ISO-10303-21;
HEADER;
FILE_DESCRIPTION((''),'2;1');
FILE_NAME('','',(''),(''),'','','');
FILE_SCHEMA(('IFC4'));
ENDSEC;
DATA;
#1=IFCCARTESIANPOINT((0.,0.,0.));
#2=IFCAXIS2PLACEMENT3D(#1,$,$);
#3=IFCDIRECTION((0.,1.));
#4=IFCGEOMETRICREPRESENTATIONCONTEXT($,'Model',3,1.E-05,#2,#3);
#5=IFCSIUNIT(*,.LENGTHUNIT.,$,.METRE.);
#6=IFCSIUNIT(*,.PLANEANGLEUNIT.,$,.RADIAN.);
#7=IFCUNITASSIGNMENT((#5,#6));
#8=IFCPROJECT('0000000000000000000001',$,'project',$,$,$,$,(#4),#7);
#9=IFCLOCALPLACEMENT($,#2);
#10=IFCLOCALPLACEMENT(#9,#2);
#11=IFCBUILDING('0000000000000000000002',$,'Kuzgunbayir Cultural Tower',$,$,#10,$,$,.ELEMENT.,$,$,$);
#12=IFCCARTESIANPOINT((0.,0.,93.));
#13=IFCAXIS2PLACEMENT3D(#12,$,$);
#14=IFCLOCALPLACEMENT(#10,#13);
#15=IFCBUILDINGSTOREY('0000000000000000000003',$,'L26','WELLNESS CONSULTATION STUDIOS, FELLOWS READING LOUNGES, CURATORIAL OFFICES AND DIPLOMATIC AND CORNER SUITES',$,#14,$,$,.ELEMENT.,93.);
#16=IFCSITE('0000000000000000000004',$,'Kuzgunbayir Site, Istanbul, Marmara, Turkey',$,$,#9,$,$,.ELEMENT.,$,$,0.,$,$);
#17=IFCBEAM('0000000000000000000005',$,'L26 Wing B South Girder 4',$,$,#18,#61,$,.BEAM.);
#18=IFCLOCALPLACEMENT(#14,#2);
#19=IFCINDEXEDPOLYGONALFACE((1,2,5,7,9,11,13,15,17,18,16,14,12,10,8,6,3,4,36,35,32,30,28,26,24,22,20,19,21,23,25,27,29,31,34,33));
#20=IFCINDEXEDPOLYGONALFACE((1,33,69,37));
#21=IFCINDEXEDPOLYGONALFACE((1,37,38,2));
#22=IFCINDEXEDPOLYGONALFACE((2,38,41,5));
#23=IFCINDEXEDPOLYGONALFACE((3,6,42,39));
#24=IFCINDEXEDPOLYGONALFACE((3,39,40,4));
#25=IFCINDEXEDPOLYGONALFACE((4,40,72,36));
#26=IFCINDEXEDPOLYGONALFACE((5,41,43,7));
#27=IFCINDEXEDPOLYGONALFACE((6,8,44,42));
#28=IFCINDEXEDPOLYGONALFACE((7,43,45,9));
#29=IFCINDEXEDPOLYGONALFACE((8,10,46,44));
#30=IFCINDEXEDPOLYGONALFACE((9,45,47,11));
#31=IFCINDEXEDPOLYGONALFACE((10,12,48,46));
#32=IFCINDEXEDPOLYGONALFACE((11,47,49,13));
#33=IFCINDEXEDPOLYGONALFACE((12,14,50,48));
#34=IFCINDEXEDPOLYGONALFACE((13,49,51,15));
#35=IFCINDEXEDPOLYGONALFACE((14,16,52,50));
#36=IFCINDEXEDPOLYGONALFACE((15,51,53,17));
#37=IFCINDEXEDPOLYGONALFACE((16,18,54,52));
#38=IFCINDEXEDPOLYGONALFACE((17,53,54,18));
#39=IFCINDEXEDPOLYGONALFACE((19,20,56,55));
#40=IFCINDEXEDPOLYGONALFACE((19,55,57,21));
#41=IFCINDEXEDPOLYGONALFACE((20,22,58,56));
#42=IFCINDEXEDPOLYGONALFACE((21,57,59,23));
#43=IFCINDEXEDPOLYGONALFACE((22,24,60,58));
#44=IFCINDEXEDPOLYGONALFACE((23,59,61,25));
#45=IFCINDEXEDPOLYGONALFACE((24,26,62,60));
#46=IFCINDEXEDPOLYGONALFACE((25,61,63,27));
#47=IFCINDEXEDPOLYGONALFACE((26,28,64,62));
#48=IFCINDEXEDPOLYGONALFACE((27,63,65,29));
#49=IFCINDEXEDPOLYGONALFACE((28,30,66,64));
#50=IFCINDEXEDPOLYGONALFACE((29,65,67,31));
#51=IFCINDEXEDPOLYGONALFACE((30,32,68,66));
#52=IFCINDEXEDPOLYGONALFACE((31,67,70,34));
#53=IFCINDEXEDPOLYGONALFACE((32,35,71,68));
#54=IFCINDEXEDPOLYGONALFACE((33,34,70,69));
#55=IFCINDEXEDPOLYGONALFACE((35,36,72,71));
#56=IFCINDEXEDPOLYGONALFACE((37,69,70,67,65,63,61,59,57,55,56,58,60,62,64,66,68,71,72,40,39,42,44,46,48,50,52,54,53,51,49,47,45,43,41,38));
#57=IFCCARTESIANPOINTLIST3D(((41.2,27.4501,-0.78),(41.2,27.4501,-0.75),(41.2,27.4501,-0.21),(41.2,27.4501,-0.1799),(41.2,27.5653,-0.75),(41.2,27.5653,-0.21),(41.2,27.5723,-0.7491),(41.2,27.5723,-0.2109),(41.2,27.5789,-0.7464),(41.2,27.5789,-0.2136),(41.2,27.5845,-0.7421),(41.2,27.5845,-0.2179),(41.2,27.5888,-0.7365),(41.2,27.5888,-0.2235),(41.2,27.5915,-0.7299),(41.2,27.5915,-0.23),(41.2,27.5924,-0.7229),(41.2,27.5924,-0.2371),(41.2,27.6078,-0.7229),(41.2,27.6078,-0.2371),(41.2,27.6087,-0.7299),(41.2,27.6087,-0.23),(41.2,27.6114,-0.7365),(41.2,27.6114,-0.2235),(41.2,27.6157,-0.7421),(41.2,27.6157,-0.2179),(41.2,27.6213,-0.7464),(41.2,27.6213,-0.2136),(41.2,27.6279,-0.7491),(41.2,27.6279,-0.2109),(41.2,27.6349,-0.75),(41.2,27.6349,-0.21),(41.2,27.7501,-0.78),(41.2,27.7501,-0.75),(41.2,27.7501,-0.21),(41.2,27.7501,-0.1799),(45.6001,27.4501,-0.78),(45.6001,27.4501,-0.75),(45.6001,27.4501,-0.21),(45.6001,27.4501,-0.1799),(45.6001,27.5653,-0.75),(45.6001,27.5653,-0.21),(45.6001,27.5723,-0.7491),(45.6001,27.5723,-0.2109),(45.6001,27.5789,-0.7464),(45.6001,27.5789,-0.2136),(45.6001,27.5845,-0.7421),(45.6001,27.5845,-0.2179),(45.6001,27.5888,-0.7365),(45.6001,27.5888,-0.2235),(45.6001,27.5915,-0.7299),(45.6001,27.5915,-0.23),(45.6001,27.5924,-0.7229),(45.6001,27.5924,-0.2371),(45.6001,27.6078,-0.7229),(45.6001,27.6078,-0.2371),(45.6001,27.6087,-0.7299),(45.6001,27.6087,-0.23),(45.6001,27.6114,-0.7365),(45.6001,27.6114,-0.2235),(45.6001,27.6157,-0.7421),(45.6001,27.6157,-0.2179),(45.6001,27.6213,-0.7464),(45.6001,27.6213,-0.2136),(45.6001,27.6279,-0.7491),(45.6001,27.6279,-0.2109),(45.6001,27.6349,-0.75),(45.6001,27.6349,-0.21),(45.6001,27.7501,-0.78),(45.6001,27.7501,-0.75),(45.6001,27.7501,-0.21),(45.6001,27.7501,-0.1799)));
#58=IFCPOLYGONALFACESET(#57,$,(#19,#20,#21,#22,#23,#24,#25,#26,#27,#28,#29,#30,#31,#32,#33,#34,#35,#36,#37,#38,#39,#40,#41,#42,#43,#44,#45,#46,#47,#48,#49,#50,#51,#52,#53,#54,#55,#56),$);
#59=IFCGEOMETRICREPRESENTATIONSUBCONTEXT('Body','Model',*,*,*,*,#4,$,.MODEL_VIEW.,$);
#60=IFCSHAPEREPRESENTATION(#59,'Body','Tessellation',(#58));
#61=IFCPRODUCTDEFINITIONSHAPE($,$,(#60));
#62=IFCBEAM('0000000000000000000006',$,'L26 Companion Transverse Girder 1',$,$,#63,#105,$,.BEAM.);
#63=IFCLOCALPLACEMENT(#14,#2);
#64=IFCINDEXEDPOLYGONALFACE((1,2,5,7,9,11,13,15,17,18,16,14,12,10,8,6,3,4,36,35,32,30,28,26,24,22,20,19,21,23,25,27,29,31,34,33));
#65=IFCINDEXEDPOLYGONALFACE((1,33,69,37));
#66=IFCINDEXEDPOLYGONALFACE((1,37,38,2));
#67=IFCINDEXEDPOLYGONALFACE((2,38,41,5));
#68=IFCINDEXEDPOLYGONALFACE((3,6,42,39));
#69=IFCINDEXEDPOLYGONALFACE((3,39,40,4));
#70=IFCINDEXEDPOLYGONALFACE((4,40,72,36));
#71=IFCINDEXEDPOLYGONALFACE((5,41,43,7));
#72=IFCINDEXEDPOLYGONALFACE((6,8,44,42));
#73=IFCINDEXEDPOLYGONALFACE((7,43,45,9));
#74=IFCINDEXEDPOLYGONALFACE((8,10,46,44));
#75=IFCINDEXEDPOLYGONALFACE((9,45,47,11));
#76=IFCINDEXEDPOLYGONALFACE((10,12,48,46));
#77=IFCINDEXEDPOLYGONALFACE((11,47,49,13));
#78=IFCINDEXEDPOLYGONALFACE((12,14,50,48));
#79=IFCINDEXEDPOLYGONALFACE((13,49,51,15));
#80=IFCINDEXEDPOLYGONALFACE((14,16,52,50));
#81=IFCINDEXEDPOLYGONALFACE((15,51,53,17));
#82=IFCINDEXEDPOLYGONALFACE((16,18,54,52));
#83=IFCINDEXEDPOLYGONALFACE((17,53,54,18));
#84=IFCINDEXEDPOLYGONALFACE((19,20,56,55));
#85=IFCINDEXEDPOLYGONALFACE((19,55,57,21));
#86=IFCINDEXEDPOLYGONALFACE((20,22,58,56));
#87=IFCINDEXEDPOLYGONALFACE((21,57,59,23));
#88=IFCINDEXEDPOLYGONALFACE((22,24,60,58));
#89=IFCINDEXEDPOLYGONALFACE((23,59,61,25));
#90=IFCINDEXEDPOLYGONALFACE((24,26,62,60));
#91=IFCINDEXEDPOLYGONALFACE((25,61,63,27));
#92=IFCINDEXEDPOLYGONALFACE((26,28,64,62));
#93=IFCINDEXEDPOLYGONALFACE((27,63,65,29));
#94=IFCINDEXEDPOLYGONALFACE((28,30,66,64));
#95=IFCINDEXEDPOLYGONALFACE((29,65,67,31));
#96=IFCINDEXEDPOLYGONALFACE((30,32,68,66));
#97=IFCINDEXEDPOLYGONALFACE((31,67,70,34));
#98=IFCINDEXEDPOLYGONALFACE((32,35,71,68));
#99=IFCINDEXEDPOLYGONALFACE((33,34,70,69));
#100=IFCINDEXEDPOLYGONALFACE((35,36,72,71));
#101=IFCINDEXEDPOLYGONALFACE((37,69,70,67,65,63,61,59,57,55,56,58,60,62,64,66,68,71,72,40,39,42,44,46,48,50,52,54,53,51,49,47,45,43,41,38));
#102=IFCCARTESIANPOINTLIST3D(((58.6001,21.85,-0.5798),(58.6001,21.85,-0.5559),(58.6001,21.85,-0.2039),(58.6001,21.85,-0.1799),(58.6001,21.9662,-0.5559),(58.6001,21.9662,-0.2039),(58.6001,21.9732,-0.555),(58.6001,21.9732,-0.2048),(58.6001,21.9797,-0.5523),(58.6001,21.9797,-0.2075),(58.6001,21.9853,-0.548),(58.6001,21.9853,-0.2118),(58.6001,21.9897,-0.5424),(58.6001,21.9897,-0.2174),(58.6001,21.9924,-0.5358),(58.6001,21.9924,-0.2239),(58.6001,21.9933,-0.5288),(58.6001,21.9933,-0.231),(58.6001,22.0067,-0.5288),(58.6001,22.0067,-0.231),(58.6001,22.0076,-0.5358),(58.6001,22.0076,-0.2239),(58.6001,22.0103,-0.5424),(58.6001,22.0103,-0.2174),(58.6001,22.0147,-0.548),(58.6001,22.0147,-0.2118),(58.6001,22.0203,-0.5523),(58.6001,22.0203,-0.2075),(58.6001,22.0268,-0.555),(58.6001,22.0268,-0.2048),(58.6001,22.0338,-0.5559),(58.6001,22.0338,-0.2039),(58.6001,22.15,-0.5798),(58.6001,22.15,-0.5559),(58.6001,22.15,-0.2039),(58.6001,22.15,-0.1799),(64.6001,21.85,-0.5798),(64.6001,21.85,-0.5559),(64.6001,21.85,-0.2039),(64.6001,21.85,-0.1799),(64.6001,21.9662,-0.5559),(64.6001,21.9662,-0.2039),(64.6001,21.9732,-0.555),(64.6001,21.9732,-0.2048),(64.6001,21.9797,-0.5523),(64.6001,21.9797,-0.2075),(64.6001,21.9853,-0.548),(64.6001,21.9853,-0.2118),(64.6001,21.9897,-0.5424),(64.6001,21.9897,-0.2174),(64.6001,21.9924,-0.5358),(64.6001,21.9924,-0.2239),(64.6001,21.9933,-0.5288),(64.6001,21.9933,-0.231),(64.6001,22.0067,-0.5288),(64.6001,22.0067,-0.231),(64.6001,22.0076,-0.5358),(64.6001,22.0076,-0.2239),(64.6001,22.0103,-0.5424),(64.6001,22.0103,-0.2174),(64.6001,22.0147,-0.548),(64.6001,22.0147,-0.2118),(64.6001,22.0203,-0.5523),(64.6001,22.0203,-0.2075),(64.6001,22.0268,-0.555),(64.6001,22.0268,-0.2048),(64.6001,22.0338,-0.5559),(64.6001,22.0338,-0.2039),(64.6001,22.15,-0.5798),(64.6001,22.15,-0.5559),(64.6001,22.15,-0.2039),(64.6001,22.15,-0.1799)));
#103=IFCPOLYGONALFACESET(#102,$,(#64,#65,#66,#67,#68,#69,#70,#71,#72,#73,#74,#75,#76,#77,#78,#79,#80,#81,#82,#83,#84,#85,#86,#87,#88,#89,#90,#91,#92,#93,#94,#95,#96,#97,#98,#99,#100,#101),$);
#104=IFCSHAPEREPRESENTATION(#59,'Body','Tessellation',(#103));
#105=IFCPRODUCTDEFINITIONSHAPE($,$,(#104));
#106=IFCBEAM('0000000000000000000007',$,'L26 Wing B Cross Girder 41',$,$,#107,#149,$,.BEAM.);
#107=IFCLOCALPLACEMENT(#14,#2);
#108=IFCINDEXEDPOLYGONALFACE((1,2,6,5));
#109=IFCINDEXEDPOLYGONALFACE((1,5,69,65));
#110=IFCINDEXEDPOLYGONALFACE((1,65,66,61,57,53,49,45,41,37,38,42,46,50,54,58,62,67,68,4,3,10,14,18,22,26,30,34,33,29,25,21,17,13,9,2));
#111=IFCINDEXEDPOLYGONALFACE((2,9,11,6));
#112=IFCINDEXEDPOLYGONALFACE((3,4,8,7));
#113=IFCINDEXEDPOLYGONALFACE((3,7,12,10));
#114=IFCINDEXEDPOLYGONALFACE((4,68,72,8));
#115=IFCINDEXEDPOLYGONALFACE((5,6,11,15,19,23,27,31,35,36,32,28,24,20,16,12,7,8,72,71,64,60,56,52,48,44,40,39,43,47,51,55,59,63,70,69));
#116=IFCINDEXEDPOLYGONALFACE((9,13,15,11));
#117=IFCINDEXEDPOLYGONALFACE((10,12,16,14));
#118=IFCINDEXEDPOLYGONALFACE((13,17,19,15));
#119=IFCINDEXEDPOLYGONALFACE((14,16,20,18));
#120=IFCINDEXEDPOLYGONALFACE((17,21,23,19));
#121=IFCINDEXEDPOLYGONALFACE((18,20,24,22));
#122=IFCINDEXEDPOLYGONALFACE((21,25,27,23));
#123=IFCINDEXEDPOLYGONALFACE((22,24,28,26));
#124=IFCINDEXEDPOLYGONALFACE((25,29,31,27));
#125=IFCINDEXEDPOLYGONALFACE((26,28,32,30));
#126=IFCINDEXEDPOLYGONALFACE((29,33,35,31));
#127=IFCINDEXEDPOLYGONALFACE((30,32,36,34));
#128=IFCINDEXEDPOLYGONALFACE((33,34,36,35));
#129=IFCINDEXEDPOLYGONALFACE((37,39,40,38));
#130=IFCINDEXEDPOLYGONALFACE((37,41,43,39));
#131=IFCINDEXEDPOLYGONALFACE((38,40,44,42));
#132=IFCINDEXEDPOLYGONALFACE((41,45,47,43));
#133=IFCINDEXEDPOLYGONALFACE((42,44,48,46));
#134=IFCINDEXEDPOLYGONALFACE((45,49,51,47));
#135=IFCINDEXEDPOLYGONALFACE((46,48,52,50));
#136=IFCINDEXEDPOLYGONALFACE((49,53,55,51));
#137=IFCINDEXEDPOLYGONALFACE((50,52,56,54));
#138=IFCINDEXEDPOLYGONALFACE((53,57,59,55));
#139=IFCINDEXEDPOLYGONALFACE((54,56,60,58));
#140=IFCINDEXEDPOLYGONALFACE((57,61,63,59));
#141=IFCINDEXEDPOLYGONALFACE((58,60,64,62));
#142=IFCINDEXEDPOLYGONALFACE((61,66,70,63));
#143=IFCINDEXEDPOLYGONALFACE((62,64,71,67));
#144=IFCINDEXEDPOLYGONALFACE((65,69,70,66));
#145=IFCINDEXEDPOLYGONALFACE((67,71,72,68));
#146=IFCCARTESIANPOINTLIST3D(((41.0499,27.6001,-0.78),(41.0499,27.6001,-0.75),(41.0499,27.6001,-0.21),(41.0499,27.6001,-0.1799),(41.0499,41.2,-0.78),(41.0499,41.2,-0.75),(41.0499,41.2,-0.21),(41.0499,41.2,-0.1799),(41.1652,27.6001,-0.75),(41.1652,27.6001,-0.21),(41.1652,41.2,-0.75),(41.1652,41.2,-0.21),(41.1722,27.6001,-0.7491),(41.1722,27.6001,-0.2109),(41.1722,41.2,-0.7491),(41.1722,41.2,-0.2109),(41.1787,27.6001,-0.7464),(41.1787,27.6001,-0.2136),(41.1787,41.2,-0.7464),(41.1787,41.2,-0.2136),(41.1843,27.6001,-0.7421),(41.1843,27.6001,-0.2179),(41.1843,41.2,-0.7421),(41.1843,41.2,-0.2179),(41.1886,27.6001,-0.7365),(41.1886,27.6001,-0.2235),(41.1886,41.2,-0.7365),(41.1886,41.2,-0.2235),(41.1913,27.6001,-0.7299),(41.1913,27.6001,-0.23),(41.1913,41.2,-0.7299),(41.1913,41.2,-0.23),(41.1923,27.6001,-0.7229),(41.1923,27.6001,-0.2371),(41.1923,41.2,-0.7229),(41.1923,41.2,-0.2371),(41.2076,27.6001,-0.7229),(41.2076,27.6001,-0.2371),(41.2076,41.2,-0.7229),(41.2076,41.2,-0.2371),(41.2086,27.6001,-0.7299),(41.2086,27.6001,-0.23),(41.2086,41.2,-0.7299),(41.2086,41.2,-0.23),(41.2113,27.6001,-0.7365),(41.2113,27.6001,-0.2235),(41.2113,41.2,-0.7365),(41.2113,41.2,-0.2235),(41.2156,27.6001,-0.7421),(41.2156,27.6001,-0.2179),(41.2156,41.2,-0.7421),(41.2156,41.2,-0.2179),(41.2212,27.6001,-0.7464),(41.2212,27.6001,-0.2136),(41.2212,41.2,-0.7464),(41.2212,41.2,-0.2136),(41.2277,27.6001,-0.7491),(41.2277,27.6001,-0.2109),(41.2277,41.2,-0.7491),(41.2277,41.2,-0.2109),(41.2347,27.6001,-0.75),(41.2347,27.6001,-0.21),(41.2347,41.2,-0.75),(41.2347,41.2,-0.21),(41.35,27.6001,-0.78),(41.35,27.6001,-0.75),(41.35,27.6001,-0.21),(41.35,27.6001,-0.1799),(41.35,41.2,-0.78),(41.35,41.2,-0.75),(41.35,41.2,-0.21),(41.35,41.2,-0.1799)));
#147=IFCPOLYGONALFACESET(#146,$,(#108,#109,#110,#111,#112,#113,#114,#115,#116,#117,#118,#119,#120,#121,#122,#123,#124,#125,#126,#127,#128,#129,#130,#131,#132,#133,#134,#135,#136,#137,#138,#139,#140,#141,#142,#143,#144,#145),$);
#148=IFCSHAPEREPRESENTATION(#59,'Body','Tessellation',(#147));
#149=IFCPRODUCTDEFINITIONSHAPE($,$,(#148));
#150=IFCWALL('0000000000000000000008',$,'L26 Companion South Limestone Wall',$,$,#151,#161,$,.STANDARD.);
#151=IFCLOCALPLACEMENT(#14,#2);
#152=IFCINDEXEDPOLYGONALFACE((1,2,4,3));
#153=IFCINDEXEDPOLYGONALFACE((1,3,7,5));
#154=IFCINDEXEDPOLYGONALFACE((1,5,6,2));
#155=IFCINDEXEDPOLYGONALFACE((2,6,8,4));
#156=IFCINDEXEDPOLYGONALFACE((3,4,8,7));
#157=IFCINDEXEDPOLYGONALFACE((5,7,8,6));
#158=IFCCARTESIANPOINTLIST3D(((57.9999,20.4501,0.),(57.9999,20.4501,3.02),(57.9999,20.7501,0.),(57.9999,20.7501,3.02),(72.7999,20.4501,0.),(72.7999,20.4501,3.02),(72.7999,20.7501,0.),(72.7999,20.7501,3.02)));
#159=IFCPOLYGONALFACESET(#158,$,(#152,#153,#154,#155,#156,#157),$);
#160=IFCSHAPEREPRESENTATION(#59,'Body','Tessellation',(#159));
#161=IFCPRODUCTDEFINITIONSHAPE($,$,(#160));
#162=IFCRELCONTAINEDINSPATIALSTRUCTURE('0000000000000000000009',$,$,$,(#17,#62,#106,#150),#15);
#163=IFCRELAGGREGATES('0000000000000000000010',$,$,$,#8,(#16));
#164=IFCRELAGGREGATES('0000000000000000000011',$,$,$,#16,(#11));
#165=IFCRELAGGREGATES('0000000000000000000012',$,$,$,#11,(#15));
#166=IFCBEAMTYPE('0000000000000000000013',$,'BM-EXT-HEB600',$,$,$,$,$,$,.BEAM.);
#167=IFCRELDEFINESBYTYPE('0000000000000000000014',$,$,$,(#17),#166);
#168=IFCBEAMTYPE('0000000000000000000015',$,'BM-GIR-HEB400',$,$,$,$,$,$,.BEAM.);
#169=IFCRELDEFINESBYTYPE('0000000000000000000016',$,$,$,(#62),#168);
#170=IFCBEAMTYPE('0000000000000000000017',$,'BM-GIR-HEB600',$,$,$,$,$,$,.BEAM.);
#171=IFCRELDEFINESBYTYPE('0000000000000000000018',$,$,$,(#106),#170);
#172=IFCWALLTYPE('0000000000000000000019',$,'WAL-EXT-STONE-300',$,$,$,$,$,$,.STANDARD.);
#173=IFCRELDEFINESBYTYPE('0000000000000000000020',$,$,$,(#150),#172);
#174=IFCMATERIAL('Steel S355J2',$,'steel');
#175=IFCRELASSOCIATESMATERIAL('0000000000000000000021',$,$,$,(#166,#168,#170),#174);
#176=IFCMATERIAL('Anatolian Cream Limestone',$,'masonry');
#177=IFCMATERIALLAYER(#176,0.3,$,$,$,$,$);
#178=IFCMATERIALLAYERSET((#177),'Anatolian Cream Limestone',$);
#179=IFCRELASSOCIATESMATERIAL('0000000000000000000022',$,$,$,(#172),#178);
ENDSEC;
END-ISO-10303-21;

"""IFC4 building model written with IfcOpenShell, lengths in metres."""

from ifc_helpers import new_model, si_unit, direction, frame, frame_2d, origin, origin_2d, place, context, subcontext, project, spatial, rectangle, i_section, extrude, material, layer, layer_set, material_profile, profile_set, type_object, element, save


model = new_model("IFC4")

# Units and contexts
model_context = context("Model", 3, precision=1e-05, world=origin(), true_north=direction((0.0, 1.0)))
body_context = subcontext(model_context, "Body", "Model", "MODEL_VIEW")
ifc_project = project(units=[si_unit("LENGTHUNIT", "METRE"), si_unit("PLANEANGLEUNIT", "RADIAN")], contexts=[model_context])

# Site, building, storey
site_placement = place(None, origin())
site = spatial("IfcSite", under=ifc_project, at=site_placement, Name="Kuzgunbayir Site, Istanbul, Marmara, Turkey", CompositionType="ELEMENT", RefElevation=0.0)
building_placement = place(site_placement, origin())
building = spatial("IfcBuilding", under=site, at=building_placement, Name="Kuzgunbayir Cultural Tower", CompositionType="ELEMENT")
storey_placement = place(building_placement, frame((0.0, 0.0, 93.0)))
storey = spatial("IfcBuildingStorey", under=building, at=storey_placement, Name="L26", Description="WELLNESS CONSULTATION STUDIOS, FELLOWS READING LOUNGES, CURATORIAL OFFICES AND DIPLOMATIC AND CORNER SUITES", CompositionType="ELEMENT", Elevation=93.0)

# Beams
ifc_material_1 = material(Name="Steel S355J2", Category="steel")
ifc_material_profile_1 = material_profile(ifc_material_1, i_section(OverallWidth=0.3, OverallDepth=0.6001, WebThickness=0.0154, FlangeThickness=0.03, FilletRadius=0.0271, at=origin_2d()), Name="HEB 600")
ifc_profile_set_1 = profile_set([ifc_material_profile_1], Name="Steel S355J2")
beam_type_1 = type_object("IfcBeamType", Name="BM-EXT-HEB600", PredefinedType="BEAM", material=ifc_profile_set_1)
beam_1_placement = place(storey_placement, frame((41.2, 27.6001, -0.48), z_axis=(1.0, 0.0, 0.0), x_axis=(0.0, 1.0, 0.0)))
element("IfcBeam", 1, at=beam_1_placement, inside=storey, type_object=beam_type_1, Name="L26 Wing B South Girder 4", PredefinedType="BEAM", context=body_context, shape_type="SweptSolid", body=[
    extrude(i_section(OverallWidth=0.3, OverallDepth=0.6001, WebThickness=0.0154, FlangeThickness=0.03, FilletRadius=0.0271, at=origin_2d()), origin(), (0.0, 0.0, 1.0), 4.4001),
])
ifc_material_profile_2 = material_profile(ifc_material_1, i_section(OverallWidth=0.3, OverallDepth=0.3999, WebThickness=0.0134, FlangeThickness=0.0239, FilletRadius=0.0271, at=origin_2d()), Name="HEB 400")
ifc_profile_set_2 = profile_set([ifc_material_profile_2], Name="Steel S355J2")
beam_type_2 = type_object("IfcBeamType", Name="BM-GIR-HEB400", PredefinedType="BEAM", material=ifc_profile_set_2)
beam_2_placement = place(storey_placement, frame((58.6001, 22.0, -0.3799), z_axis=(1.0, 0.0, 0.0), x_axis=(0.0, 1.0, 0.0)))
element("IfcBeam", 2, at=beam_2_placement, inside=storey, type_object=beam_type_2, Name="L26 Companion Transverse Girder 1", PredefinedType="BEAM", context=body_context, shape_type="SweptSolid", body=[
    extrude(i_section(OverallWidth=0.3, OverallDepth=0.3999, WebThickness=0.0134, FlangeThickness=0.0239, FilletRadius=0.0271, at=origin_2d()), origin(), (0.0, 0.0, 1.0), 6.0),
])
ifc_material_profile_3 = material_profile(ifc_material_1, i_section(OverallWidth=0.3, OverallDepth=0.6001, WebThickness=0.0154, FlangeThickness=0.03, FilletRadius=0.0271, at=origin_2d()), Name="HEB 600")
ifc_profile_set_3 = profile_set([ifc_material_profile_3], Name="Steel S355J2")
beam_type_3 = type_object("IfcBeamType", Name="BM-GIR-HEB600", PredefinedType="BEAM", material=ifc_profile_set_3)
beam_3_placement = place(storey_placement, frame((41.2, 27.6001, -0.48), z_axis=(0.0, 1.0, 0.0), x_axis=(-1.0, 0.0, 0.0)))
element("IfcBeam", 3, at=beam_3_placement, inside=storey, type_object=beam_type_3, Name="L26 Wing B Cross Girder 41", PredefinedType="BEAM", context=body_context, shape_type="SweptSolid", body=[
    extrude(i_section(OverallWidth=0.3, OverallDepth=0.6001, WebThickness=0.0154, FlangeThickness=0.03, FilletRadius=0.0271, at=origin_2d()), origin(), (0.0, 0.0, 1.0), 13.5999),
])

# Wall
ifc_material_2 = material(Name="Anatolian Cream Limestone", Category="masonry")
ifc_layer_1 = layer(ifc_material_2, 0.3)
ifc_layer_set_1 = layer_set([ifc_layer_1], Name="Anatolian Cream Limestone")
wall_type_1 = type_object("IfcWallType", Name="WAL-EXT-STONE-300", PredefinedType="STANDARD", material=ifc_layer_set_1)
wall_1_placement = place(storey_placement, frame((58.0, 20.6001, 0.0), z_axis=(0.0, 0.0, 1.0), x_axis=(1.0, 0.0, 0.0)))
element("IfcWall", 4, at=wall_1_placement, inside=storey, type_object=wall_type_1, Name="L26 Companion South Limestone Wall", PredefinedType="STANDARD", context=body_context, shape_type="SweptSolid", body=[
    extrude(rectangle(XDim=14.8, YDim=0.3, at=frame_2d((7.3999, 0.0))), origin(), (0.0, 0.0, 1.0), 3.02),
])

save(model, "model.ifc")
